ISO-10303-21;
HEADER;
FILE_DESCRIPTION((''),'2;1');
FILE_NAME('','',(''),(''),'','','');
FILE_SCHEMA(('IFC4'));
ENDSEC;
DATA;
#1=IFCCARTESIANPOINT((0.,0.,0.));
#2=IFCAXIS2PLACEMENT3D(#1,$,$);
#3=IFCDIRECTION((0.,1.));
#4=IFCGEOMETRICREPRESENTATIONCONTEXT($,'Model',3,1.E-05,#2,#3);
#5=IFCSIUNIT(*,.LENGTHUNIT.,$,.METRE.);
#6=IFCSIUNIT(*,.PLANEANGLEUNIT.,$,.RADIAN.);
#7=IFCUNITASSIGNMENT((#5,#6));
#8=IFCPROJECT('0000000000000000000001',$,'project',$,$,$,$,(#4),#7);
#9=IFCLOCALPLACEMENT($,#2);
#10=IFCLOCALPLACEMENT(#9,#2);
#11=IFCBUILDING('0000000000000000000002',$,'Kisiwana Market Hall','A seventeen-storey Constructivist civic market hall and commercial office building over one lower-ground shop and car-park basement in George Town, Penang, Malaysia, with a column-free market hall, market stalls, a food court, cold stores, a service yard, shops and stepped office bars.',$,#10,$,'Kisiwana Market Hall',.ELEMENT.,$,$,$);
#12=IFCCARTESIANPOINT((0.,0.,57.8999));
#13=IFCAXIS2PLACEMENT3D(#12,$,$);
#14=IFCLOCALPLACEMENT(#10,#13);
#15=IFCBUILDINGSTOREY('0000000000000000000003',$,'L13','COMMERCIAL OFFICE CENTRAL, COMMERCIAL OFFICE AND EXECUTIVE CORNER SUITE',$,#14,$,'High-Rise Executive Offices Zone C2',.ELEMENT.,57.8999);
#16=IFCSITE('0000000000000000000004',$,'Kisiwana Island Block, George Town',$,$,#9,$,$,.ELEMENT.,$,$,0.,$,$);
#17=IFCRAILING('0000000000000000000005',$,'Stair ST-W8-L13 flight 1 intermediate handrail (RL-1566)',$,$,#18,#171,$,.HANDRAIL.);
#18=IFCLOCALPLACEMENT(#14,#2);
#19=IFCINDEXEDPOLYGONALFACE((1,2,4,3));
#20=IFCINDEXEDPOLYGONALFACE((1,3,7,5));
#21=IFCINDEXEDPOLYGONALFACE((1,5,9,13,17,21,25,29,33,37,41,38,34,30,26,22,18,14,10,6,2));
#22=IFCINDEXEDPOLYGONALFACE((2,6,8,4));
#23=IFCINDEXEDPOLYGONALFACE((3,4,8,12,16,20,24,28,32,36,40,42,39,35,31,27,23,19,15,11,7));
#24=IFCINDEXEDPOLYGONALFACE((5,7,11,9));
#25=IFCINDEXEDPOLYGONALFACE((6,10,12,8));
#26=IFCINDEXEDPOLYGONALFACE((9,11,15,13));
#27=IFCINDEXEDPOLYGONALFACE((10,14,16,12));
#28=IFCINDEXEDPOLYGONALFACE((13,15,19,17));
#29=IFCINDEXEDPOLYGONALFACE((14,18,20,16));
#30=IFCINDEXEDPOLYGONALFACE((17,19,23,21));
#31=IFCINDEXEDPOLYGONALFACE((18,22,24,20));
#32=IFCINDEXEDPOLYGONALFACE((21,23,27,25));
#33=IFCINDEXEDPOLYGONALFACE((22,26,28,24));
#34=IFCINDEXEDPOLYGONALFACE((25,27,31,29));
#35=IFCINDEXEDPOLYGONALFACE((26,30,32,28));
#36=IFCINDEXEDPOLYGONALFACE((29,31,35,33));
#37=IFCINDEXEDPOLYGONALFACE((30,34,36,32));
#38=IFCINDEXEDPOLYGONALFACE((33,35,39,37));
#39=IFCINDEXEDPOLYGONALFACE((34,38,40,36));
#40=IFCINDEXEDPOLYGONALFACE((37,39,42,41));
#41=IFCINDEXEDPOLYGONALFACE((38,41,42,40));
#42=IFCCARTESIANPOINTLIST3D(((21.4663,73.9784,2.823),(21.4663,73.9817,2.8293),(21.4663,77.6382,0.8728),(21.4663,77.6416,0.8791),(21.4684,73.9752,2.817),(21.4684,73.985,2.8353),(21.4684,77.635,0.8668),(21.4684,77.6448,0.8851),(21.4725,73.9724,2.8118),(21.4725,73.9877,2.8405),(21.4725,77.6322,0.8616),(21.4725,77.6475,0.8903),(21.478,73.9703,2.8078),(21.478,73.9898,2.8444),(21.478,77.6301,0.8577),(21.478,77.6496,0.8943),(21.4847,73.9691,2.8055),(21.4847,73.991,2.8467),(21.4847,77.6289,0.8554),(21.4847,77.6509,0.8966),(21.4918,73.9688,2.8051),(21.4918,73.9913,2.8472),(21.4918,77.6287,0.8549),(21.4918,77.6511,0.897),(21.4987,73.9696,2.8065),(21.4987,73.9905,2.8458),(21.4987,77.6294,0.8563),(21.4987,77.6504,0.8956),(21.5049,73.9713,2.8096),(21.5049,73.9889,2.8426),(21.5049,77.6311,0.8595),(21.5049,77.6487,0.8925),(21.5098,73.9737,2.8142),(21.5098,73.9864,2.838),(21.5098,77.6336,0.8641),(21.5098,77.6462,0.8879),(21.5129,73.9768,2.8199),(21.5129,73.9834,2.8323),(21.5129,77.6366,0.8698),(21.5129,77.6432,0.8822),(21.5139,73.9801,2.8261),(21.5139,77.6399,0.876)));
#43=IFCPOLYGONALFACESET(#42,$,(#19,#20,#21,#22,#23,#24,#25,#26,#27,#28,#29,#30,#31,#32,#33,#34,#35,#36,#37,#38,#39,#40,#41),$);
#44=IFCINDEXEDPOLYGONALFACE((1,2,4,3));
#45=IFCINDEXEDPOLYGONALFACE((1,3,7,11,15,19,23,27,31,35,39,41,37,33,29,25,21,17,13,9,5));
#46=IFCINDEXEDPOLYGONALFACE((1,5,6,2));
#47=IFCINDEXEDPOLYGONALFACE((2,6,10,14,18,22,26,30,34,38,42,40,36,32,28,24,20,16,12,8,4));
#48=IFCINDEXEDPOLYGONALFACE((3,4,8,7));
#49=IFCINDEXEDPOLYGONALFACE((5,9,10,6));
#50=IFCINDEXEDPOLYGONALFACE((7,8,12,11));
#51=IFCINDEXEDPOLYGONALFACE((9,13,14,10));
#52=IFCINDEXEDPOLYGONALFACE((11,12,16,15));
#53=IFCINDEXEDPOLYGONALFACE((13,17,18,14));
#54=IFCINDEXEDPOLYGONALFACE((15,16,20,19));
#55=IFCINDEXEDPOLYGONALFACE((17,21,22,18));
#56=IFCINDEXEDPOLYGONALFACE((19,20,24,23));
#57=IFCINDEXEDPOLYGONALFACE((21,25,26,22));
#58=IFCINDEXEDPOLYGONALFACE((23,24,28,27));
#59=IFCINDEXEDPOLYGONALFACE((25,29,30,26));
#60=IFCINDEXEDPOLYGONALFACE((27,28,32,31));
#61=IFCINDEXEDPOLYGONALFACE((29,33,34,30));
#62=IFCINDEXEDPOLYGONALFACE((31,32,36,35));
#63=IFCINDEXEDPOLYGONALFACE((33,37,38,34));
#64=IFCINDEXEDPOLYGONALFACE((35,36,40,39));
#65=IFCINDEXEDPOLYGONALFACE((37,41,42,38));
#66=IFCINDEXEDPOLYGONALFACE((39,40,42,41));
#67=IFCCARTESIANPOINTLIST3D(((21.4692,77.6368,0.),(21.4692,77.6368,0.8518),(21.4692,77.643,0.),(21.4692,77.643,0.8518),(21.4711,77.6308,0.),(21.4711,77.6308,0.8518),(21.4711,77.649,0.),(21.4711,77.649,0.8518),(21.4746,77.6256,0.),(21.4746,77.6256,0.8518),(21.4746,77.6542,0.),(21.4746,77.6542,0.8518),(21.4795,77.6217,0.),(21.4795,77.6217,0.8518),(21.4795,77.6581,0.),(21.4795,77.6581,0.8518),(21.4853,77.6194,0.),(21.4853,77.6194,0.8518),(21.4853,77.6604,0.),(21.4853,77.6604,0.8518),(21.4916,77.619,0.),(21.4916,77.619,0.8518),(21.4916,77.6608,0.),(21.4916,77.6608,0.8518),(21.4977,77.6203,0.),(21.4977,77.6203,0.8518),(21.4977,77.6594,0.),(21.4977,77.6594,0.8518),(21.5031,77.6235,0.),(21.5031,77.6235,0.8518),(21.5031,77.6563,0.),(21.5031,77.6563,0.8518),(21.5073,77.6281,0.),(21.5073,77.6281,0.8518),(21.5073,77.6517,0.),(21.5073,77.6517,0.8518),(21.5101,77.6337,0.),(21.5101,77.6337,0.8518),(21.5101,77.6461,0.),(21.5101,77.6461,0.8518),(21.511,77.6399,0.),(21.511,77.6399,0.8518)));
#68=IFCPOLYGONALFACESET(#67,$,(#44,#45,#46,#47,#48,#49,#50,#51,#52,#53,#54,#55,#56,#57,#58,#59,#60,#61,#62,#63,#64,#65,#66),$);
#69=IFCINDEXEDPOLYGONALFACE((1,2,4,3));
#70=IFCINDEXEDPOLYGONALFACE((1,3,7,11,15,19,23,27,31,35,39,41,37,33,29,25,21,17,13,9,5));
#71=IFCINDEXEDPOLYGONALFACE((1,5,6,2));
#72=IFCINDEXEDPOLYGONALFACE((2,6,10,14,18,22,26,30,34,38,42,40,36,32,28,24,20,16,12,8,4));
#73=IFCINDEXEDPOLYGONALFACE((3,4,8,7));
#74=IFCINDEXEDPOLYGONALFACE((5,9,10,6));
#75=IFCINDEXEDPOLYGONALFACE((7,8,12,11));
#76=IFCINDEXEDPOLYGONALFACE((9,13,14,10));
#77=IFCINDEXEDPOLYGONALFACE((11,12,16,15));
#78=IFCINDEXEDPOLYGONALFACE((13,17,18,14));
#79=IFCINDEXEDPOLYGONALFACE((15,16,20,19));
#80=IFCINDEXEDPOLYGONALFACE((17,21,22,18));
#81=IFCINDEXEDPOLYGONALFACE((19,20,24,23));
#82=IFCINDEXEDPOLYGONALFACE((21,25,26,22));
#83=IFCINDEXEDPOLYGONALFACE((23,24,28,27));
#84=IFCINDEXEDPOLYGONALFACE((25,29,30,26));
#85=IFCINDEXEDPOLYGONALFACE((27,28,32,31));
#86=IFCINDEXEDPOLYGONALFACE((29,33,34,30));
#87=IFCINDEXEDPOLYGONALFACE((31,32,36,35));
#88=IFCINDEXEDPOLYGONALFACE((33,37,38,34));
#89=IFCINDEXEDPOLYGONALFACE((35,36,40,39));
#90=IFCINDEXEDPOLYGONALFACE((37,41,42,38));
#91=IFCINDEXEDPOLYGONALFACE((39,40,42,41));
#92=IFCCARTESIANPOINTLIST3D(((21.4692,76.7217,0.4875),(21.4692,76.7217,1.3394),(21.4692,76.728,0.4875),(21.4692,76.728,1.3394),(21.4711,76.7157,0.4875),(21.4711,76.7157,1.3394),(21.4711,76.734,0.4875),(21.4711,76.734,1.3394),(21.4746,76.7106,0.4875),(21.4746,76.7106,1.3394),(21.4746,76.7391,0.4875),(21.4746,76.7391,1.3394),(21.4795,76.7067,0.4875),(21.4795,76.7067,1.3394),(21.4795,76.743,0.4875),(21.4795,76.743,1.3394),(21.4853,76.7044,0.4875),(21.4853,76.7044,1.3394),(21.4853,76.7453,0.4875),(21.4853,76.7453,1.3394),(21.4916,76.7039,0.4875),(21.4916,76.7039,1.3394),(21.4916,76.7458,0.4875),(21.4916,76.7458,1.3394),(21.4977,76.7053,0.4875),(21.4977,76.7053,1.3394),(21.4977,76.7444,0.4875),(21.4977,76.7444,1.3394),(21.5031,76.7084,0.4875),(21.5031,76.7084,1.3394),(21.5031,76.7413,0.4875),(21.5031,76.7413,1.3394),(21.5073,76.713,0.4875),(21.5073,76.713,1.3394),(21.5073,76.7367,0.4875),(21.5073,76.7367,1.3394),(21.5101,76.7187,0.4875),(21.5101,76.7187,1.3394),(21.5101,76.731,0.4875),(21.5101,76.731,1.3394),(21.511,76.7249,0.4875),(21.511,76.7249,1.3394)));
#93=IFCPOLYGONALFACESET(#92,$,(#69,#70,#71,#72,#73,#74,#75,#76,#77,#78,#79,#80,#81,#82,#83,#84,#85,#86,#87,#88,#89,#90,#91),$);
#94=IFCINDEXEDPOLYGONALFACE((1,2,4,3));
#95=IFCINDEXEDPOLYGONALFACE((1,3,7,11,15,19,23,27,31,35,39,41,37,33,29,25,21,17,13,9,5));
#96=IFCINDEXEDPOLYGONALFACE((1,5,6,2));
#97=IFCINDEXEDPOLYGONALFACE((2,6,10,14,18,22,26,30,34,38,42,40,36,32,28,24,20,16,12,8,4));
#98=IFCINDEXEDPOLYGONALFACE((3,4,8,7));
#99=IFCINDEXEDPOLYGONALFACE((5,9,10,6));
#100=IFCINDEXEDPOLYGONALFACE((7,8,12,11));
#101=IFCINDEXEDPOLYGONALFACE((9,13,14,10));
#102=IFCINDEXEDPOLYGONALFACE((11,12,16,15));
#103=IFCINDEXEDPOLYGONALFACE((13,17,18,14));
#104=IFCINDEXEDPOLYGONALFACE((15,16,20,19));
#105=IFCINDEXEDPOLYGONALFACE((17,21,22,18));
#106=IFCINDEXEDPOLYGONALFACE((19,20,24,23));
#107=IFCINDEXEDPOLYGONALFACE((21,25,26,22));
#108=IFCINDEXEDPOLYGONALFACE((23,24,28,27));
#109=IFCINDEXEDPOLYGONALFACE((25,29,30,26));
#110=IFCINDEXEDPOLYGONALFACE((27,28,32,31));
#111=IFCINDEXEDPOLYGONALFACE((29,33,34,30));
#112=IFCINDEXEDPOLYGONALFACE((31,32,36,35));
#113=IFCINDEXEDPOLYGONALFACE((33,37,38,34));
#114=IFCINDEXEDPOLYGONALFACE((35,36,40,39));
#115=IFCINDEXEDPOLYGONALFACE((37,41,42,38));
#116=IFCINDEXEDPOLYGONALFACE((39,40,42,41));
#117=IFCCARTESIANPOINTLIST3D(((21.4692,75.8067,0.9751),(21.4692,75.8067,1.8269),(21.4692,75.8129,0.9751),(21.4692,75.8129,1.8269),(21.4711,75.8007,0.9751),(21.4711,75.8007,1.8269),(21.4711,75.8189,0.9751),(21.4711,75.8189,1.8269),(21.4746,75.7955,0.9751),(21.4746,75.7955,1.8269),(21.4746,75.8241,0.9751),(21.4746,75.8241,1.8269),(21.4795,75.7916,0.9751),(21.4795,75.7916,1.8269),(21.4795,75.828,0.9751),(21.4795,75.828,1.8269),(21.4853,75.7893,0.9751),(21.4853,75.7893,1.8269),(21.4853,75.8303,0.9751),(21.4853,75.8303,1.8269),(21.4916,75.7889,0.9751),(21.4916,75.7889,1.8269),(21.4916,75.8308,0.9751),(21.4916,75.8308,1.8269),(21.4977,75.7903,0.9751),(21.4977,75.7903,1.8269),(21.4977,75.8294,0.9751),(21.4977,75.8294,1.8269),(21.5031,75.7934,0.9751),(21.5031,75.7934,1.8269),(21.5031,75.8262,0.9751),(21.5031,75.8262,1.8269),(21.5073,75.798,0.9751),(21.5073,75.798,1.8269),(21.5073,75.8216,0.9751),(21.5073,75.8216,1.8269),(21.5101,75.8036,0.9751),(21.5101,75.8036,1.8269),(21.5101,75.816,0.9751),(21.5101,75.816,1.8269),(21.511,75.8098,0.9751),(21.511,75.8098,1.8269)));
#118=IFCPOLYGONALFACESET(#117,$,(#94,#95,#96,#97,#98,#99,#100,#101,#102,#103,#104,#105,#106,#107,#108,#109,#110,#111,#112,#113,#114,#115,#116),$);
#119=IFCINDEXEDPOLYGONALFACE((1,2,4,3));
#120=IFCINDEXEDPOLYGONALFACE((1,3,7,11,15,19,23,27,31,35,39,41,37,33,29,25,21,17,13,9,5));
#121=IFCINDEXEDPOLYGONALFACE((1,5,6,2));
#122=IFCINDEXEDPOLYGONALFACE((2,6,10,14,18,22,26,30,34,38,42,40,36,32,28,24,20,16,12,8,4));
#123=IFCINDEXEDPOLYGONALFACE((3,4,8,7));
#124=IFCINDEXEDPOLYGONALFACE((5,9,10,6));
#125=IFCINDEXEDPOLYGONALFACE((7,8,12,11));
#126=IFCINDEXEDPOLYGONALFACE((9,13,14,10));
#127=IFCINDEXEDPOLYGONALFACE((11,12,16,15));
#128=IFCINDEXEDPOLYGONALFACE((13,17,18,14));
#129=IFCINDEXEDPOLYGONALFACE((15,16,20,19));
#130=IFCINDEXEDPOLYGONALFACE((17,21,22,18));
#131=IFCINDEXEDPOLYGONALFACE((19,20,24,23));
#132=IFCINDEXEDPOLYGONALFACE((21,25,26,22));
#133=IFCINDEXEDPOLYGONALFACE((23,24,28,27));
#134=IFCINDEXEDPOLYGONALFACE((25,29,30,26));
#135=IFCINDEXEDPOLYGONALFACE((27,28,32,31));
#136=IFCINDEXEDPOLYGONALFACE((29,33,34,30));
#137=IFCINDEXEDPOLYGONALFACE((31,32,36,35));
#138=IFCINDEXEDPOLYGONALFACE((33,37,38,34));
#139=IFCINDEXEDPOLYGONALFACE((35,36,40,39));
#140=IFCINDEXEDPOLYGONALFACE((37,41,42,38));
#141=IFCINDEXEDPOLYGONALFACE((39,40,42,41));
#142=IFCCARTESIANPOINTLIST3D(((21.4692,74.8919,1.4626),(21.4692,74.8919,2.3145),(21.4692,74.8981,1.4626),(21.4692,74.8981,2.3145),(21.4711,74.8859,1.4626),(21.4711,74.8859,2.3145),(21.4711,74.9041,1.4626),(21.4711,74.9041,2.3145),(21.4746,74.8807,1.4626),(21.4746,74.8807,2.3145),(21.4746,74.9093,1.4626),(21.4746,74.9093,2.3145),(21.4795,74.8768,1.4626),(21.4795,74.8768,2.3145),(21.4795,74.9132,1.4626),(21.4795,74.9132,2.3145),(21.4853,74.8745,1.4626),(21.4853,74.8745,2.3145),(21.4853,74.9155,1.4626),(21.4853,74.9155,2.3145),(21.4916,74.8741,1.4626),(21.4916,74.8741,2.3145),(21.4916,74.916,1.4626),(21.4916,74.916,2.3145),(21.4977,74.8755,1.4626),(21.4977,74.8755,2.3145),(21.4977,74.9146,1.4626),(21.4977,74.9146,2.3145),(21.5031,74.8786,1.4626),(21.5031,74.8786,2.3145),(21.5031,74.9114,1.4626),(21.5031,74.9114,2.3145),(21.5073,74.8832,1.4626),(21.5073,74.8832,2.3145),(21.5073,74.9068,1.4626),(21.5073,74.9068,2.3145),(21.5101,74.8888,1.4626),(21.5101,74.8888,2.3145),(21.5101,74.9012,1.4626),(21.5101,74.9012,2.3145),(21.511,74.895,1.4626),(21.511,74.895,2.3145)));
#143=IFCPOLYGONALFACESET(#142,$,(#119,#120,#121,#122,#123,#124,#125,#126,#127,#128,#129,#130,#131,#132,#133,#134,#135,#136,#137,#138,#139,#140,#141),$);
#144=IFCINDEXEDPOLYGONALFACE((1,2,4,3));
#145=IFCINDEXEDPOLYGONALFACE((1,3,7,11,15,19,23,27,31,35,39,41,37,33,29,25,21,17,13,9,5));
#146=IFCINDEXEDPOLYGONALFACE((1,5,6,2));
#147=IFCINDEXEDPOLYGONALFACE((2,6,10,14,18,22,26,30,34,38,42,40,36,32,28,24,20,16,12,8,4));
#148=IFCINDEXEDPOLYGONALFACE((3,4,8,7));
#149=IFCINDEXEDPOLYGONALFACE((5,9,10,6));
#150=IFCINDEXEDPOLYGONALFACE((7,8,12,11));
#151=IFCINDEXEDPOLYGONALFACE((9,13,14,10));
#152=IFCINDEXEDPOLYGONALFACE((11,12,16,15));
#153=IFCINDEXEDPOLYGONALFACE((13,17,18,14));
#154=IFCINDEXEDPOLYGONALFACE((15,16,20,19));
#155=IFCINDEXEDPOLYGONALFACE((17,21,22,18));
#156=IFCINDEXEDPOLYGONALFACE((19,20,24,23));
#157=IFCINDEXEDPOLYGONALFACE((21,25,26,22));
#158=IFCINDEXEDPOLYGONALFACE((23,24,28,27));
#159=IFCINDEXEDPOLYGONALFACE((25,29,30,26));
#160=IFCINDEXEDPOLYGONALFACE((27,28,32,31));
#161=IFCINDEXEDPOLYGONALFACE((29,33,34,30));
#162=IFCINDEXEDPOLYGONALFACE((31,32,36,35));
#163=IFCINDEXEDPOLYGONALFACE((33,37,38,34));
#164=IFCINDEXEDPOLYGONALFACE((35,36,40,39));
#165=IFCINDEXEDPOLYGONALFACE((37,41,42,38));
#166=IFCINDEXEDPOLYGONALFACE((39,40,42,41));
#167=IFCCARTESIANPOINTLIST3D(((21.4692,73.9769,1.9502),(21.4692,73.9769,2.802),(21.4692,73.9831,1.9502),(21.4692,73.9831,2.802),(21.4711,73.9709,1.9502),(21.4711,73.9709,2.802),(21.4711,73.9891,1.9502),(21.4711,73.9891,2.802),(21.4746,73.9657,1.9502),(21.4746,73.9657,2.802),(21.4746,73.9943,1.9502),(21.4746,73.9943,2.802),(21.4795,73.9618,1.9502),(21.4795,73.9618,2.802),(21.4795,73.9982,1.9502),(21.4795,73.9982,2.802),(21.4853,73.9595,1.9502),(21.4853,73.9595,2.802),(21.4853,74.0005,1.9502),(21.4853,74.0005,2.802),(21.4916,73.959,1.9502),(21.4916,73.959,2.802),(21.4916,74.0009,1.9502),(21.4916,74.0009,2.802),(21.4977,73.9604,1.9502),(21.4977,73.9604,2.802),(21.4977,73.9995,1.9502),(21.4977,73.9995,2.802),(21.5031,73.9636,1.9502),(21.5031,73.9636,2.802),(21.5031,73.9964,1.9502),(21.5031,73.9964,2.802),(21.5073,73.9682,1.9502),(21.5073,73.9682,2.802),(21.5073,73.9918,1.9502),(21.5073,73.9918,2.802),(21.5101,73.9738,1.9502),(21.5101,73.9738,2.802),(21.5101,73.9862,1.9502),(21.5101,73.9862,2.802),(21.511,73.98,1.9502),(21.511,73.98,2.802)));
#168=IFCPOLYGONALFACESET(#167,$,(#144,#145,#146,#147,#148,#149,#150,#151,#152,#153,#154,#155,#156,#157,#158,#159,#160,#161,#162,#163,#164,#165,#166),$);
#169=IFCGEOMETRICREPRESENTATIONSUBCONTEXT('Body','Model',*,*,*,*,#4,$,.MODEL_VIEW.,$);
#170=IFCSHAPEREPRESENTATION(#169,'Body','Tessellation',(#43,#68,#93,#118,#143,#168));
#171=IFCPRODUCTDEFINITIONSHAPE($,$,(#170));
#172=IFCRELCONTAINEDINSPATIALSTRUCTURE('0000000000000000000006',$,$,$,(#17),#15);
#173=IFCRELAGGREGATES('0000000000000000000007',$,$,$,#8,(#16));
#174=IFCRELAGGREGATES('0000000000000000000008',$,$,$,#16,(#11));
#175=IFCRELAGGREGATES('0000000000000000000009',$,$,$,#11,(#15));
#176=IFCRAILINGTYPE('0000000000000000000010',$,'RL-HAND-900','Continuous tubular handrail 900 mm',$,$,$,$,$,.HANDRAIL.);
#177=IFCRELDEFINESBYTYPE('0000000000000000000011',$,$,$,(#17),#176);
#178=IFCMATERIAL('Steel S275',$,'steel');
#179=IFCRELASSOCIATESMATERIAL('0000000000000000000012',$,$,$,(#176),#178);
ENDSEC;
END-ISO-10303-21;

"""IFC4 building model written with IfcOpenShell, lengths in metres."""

from ifc_helpers import new_model, si_unit, direction, frame, origin, origin_2d, place, context, subcontext, project, spatial, circle, extrude, material, type_object, element, save


model = new_model("IFC4")

# Units and contexts
model_context = context("Model", 3, precision=1e-05, world=origin(), true_north=direction((0.0, 1.0)))
body_context = subcontext(model_context, "Body", "Model", "MODEL_VIEW")
ifc_project = project(units=[si_unit("LENGTHUNIT", "METRE"), si_unit("PLANEANGLEUNIT", "RADIAN")], contexts=[model_context])

# Site, building, storey
site_placement = place(None, origin())
site = spatial("IfcSite", under=ifc_project, at=site_placement, Name="Kisiwana Island Block, George Town", CompositionType="ELEMENT", RefElevation=0.0)
building_placement = place(site_placement, origin())
building = spatial("IfcBuilding", under=site, at=building_placement, Name="Kisiwana Market Hall", Description="A seventeen-storey Constructivist civic market hall and commercial office building over one lower-ground shop and car-park basement in George Town, Penang, Malaysia, with a column-free market hall, market stalls, a food court, cold stores, a service yard, shops and stepped office bars.", LongName="Kisiwana Market Hall", CompositionType="ELEMENT")
storey_placement = place(building_placement, frame((0.0, 0.0, 57.8999)))
storey = spatial("IfcBuildingStorey", under=building, at=storey_placement, Name="L13", Description="COMMERCIAL OFFICE CENTRAL, COMMERCIAL OFFICE AND EXECUTIVE CORNER SUITE", LongName="High-Rise Executive Offices Zone C2", CompositionType="ELEMENT", Elevation=57.8999)

# Railing
ifc_material_1 = material(Name="Steel S275", Category="steel")
railing_type_1 = type_object("IfcRailingType", Name="RL-HAND-900", Description="Continuous tubular handrail 900 mm", PredefinedType="HANDRAIL", material=ifc_material_1)
for number, where, name in (
    (1, (21.49, 77.6399, 0.0), "Stair ST-W8-L13 flight 1 intermediate handrail (RL-1566)"),
):
    element("IfcRailing", number, at=place(storey_placement, frame(where)), inside=storey, type_object=railing_type_1, Name=name, PredefinedType="HANDRAIL", context=body_context, shape_type="SweptSolid", body=[
        extrude(circle(Radius=0.0239, at=origin_2d()), frame((0.0, 0.0, 0.876), z_axis=(0.0, -0.882529, 0.470258), x_axis=(1.0, 0.0, 0.0)), (0.0, 0.0, 1.0), 4.147),
        extrude(circle(Radius=0.021, at=origin_2d()), origin(), (0.0, 0.0, 1.0), 0.8518),
        extrude(circle(Radius=0.021, at=origin_2d()), frame((0.0, -0.915, 0.4875)), (0.0, 0.0, 1.0), 0.8518),
        extrude(circle(Radius=0.021, at=origin_2d()), frame((0.0, -1.8301, 0.9751)), (0.0, 0.0, 1.0), 0.8518),
        extrude(circle(Radius=0.021, at=origin_2d()), frame((0.0, -2.7449, 1.4626)), (0.0, 0.0, 1.0), 0.8518),
        extrude(circle(Radius=0.021, at=origin_2d()), frame((0.0, -3.6599, 1.9502)), (0.0, 0.0, 1.0), 0.8518),
    ])

save(model, "model.ifc")
